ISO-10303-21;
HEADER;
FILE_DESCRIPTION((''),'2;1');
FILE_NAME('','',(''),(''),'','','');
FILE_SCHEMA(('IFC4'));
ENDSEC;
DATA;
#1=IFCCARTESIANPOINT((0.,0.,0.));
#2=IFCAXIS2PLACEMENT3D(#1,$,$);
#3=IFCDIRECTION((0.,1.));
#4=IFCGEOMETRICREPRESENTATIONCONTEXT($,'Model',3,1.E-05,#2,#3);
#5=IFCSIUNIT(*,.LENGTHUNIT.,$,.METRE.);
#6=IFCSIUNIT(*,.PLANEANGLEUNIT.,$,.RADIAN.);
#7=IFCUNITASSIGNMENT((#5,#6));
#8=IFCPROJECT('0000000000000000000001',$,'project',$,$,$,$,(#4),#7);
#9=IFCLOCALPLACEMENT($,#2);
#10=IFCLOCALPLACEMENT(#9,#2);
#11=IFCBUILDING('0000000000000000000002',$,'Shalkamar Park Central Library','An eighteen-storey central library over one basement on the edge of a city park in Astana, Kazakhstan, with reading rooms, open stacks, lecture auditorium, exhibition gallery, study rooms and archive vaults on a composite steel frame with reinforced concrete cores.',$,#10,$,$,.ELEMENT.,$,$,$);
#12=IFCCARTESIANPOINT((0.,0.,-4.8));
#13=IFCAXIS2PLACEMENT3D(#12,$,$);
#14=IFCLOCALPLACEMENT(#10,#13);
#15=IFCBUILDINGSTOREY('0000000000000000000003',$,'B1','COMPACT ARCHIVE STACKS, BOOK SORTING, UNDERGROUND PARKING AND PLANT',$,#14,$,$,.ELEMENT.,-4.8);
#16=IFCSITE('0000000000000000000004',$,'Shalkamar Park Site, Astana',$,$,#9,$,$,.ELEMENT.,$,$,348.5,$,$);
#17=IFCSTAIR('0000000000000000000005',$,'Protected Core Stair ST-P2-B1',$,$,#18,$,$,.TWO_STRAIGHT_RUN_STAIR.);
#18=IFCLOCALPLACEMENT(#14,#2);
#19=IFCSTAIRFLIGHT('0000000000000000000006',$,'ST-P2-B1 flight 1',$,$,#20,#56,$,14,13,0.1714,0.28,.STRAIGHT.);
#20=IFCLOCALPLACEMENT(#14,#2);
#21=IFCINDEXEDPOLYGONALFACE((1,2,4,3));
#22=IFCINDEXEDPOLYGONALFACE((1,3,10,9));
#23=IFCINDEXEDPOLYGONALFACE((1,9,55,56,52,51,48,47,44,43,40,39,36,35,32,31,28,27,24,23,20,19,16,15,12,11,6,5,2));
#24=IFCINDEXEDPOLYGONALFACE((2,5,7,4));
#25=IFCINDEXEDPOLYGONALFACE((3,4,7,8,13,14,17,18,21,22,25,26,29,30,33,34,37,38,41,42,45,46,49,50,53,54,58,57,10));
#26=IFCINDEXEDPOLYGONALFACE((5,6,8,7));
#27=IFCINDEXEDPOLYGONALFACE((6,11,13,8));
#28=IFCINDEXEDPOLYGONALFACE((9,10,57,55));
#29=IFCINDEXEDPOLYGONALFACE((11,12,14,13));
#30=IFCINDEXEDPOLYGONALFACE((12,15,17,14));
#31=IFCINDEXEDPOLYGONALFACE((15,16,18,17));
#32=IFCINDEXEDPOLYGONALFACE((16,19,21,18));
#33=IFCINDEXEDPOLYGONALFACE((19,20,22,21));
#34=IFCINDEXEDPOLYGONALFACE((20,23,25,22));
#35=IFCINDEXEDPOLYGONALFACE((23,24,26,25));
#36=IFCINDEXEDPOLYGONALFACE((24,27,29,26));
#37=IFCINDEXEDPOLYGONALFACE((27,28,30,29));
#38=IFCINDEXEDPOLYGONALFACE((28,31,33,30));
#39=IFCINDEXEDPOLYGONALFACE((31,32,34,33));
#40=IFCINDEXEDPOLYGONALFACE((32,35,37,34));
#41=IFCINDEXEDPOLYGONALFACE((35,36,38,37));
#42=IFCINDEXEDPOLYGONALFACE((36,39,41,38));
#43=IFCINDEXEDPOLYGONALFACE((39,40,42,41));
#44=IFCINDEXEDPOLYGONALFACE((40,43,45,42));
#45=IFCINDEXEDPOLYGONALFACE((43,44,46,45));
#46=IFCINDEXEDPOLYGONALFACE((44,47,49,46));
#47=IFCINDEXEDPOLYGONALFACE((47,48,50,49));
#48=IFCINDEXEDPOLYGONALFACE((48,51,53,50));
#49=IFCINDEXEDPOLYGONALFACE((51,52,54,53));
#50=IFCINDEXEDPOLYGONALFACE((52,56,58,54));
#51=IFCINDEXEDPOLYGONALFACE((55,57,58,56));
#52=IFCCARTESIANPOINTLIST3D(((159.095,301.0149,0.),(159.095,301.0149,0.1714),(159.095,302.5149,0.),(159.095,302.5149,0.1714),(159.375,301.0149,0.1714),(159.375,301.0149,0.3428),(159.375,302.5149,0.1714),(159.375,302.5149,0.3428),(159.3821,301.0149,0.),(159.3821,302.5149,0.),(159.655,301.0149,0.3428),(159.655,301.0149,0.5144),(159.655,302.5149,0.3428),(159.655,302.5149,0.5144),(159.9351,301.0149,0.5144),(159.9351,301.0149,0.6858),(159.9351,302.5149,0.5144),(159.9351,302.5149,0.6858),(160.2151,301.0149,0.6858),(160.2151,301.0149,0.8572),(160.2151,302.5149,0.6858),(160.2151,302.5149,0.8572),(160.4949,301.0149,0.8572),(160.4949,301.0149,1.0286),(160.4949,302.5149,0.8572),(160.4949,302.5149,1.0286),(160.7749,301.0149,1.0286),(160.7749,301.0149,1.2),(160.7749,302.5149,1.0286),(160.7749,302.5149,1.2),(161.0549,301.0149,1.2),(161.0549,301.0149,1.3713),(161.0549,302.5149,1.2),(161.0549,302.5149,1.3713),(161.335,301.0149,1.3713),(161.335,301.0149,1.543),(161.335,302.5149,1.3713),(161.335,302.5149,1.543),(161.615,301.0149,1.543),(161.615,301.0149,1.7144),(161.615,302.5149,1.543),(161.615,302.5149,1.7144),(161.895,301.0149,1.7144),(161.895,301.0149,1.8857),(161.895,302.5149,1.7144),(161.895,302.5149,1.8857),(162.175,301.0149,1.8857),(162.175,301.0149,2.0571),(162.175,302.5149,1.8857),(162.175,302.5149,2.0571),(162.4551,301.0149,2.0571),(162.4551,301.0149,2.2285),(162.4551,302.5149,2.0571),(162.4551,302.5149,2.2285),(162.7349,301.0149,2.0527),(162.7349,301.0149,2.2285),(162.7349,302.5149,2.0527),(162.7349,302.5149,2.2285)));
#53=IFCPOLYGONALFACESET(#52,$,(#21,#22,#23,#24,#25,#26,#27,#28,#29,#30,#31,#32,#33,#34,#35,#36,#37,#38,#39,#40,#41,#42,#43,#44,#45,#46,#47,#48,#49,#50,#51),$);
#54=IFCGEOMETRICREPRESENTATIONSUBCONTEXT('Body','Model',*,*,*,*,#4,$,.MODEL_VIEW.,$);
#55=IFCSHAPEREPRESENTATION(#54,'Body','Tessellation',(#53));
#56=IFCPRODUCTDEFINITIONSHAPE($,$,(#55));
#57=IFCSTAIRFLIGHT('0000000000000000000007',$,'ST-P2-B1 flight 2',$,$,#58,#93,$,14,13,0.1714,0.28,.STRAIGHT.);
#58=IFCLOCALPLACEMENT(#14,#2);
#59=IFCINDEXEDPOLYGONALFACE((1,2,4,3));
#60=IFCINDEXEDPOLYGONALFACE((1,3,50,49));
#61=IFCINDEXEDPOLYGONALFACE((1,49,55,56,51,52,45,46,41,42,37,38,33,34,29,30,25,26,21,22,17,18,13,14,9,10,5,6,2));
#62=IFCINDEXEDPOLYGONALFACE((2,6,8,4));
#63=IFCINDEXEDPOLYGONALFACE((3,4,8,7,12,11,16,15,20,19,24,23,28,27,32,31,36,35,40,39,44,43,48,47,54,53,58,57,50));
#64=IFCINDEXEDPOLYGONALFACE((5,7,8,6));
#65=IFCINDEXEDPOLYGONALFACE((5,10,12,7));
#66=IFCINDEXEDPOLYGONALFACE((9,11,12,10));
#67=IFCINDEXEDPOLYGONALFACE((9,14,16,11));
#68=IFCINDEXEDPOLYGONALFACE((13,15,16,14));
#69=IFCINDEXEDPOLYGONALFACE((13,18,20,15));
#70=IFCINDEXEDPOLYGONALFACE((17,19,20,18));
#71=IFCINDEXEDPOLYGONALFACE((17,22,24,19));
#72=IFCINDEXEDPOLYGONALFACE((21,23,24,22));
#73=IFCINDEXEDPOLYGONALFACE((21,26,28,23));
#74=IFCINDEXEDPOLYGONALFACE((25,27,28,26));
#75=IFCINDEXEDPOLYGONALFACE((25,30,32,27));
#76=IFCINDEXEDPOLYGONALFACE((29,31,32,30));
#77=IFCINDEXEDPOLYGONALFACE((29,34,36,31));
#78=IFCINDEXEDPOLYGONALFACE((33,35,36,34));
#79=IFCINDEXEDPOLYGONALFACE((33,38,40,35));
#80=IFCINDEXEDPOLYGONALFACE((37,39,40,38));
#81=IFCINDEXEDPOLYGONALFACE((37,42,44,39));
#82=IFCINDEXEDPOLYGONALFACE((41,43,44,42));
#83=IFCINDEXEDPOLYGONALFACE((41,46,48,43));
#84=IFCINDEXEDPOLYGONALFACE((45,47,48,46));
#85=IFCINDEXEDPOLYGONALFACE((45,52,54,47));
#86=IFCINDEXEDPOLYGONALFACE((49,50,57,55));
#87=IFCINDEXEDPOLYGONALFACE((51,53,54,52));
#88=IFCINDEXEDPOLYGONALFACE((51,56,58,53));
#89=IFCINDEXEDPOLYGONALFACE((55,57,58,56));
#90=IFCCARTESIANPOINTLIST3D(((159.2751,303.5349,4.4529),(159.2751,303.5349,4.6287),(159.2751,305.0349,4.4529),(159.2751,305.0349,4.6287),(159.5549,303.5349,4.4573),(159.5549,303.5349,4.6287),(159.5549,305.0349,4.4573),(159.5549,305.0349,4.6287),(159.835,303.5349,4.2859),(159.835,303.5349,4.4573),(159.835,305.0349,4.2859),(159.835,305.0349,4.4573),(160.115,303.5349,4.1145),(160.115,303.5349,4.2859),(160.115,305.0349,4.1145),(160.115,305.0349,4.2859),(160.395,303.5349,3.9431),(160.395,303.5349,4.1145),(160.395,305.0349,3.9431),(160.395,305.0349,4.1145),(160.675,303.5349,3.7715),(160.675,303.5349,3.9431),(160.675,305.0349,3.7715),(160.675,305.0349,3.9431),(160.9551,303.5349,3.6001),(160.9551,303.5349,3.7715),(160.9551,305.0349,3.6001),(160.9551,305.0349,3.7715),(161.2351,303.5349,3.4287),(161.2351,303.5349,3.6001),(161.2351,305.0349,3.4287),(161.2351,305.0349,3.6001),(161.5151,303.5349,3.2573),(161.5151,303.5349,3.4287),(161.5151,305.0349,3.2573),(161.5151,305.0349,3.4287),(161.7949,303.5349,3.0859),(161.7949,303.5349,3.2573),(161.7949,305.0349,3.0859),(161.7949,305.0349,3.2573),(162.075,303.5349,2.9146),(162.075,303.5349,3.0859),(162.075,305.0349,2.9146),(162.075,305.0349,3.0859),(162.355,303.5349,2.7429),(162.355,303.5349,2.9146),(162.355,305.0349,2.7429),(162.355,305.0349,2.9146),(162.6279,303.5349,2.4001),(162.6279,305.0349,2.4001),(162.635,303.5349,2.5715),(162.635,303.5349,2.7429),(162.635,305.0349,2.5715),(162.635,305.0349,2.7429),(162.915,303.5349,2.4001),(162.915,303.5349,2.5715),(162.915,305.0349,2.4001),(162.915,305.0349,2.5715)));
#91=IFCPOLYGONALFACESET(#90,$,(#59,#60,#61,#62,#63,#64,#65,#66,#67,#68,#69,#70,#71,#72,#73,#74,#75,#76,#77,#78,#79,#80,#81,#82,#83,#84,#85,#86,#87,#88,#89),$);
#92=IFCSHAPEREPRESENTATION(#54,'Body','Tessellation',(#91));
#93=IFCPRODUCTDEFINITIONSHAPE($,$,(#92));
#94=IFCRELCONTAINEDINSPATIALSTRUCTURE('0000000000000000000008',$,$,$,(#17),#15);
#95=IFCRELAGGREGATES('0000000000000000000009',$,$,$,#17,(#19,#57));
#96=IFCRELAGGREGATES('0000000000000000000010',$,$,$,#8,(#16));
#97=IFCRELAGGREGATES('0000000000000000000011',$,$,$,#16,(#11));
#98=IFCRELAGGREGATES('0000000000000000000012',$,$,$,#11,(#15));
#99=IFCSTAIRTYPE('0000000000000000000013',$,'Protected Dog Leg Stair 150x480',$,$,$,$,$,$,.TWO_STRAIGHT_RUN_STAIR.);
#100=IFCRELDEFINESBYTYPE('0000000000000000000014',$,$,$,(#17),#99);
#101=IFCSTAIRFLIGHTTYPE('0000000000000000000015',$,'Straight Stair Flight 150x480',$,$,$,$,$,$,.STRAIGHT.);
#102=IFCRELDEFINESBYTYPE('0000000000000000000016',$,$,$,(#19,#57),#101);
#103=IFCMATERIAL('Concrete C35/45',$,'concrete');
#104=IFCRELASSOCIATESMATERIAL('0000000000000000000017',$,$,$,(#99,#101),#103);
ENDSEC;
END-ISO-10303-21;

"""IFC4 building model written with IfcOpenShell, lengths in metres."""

from ifc_helpers import new_model, si_unit, direction, frame, origin, place, context, subcontext, project, spatial, polyline, outline, extrude, material, type_object, element, aggregate, save


model = new_model("IFC4")

# Units and contexts
model_context = context("Model", 3, precision=1e-05, world=origin(), true_north=direction((0.0, 1.0)))
body_context = subcontext(model_context, "Body", "Model", "MODEL_VIEW")
ifc_project = project(units=[si_unit("LENGTHUNIT", "METRE"), si_unit("PLANEANGLEUNIT", "RADIAN")], contexts=[model_context])

# Site, building, storey
site_placement = place(None, origin())
site = spatial("IfcSite", under=ifc_project, at=site_placement, Name="Shalkamar Park Site, Astana", CompositionType="ELEMENT", RefElevation=348.5)
building_placement = place(site_placement, origin())
building = spatial("IfcBuilding", under=site, at=building_placement, Name="Shalkamar Park Central Library", Description="An eighteen-storey central library over one basement on the edge of a city park in Astana, Kazakhstan, with reading rooms, open stacks, lecture auditorium, exhibition gallery, study rooms and archive vaults on a composite steel frame with reinforced concrete cores.", CompositionType="ELEMENT")
storey_placement = place(building_placement, frame((0.0, 0.0, -4.8)))
storey = spatial("IfcBuildingStorey", under=building, at=storey_placement, Name="B1", Description="COMPACT ARCHIVE STACKS, BOOK SORTING, UNDERGROUND PARKING AND PLANT", CompositionType="ELEMENT", Elevation=-4.8)

# Shared definitions
ifc_material_1 = material(Name="Concrete C35/45", Category="concrete")

# Stair, stair flights
stair_type = type_object("IfcStairType", Name="Protected Dog Leg Stair 150x480", PredefinedType="TWO_STRAIGHT_RUN_STAIR", material=ifc_material_1)
stair_placement = place(storey_placement, origin())
stair = element("IfcStair", 1, at=stair_placement, inside=storey, type_object=stair_type, Name="Protected Core Stair ST-P2-B1", PredefinedType="TWO_STRAIGHT_RUN_STAIR")
stair_flight_type = type_object("IfcStairFlightType", Name="Straight Stair Flight 150x480", PredefinedType="STRAIGHT", material=ifc_material_1)
stair_flight_1_placement = place(storey_placement, frame((159.095, 301.7649, 0.0), z_axis=(0.0, 0.0, 1.0), x_axis=(1.0, 0.0, 0.0)))
stair_flight_1 = element("IfcStairFlight", 2, at=stair_flight_1_placement, type_object=stair_flight_type, Name="ST-P2-B1 flight 1", NumberOfRisers=14, NumberOfTreads=13, PredefinedType="STRAIGHT", RiserHeight=0.1714, TreadLength=0.28, context=body_context, shape_type="SweptSolid", body=[
    extrude(outline(polyline([(0.0, 0.0), (0.0, 0.1714), (0.28, 0.1714), (0.28, 0.3428), (0.5601, 0.3428), (0.5601, 0.5144), (0.8401, 0.5144), (0.8401, 0.6858), (1.1201, 0.6858), (1.1201, 0.8572), (1.3999, 0.8572), (1.3999, 1.0286), (1.6799, 1.0286), (1.6799, 1.2), (1.96, 1.2), (1.96, 1.3713), (2.24, 1.3713), (2.24, 1.543), (2.52, 1.543), (2.52, 1.7144), (2.8, 1.7144), (2.8, 1.8857), (3.0801, 1.8857), (3.0801, 2.0571), (3.3601, 2.0571), (3.3601, 2.2285), (3.6399, 2.2285), (3.6399, 2.3999), (3.6399, 2.0527), (0.2871, 0.0), (0.0, 0.0)])), frame((0.0, 0.75, 0.0), z_axis=(0.0, -1.0, 0.0), x_axis=(1.0, 0.0, 0.0)), (0.0, 0.0, 1.0), 1.5),
])
stair_flight_2_placement = place(storey_placement, frame((162.915, 304.2849, 2.4001), z_axis=(0.0, 0.0, 1.0), x_axis=(-1.0, 0.0, 0.0)))
stair_flight_2 = element("IfcStairFlight", 3, at=stair_flight_2_placement, type_object=stair_flight_type, Name="ST-P2-B1 flight 2", NumberOfRisers=14, NumberOfTreads=13, PredefinedType="STRAIGHT", RiserHeight=0.1714, TreadLength=0.28, context=body_context, shape_type="SweptSolid", body=[
    extrude(outline(polyline([(0.0, 0.0), (0.0, 0.1714), (0.28, 0.1714), (0.28, 0.3428), (0.5601, 0.3428), (0.5601, 0.5144), (0.8401, 0.5144), (0.8401, 0.6858), (1.1201, 0.6858), (1.1201, 0.8572), (1.3999, 0.8572), (1.3999, 1.0286), (1.6799, 1.0286), (1.6799, 1.2), (1.96, 1.2), (1.96, 1.3713), (2.24, 1.3713), (2.24, 1.543), (2.52, 1.543), (2.52, 1.7144), (2.8, 1.7144), (2.8, 1.8857), (3.0801, 1.8857), (3.0801, 2.0571), (3.3601, 2.0571), (3.3601, 2.2285), (3.6399, 2.2285), (3.6399, 2.3999), (3.6399, 2.0527), (0.2871, 0.0), (0.0, 0.0)])), frame((0.0, 0.75, 0.0), z_axis=(0.0, -1.0, 0.0), x_axis=(1.0, 0.0, 0.0)), (0.0, 0.0, 1.0), 1.5),
])
aggregate(stair, [stair_flight_1, stair_flight_2])

save(model, "model.ifc")
